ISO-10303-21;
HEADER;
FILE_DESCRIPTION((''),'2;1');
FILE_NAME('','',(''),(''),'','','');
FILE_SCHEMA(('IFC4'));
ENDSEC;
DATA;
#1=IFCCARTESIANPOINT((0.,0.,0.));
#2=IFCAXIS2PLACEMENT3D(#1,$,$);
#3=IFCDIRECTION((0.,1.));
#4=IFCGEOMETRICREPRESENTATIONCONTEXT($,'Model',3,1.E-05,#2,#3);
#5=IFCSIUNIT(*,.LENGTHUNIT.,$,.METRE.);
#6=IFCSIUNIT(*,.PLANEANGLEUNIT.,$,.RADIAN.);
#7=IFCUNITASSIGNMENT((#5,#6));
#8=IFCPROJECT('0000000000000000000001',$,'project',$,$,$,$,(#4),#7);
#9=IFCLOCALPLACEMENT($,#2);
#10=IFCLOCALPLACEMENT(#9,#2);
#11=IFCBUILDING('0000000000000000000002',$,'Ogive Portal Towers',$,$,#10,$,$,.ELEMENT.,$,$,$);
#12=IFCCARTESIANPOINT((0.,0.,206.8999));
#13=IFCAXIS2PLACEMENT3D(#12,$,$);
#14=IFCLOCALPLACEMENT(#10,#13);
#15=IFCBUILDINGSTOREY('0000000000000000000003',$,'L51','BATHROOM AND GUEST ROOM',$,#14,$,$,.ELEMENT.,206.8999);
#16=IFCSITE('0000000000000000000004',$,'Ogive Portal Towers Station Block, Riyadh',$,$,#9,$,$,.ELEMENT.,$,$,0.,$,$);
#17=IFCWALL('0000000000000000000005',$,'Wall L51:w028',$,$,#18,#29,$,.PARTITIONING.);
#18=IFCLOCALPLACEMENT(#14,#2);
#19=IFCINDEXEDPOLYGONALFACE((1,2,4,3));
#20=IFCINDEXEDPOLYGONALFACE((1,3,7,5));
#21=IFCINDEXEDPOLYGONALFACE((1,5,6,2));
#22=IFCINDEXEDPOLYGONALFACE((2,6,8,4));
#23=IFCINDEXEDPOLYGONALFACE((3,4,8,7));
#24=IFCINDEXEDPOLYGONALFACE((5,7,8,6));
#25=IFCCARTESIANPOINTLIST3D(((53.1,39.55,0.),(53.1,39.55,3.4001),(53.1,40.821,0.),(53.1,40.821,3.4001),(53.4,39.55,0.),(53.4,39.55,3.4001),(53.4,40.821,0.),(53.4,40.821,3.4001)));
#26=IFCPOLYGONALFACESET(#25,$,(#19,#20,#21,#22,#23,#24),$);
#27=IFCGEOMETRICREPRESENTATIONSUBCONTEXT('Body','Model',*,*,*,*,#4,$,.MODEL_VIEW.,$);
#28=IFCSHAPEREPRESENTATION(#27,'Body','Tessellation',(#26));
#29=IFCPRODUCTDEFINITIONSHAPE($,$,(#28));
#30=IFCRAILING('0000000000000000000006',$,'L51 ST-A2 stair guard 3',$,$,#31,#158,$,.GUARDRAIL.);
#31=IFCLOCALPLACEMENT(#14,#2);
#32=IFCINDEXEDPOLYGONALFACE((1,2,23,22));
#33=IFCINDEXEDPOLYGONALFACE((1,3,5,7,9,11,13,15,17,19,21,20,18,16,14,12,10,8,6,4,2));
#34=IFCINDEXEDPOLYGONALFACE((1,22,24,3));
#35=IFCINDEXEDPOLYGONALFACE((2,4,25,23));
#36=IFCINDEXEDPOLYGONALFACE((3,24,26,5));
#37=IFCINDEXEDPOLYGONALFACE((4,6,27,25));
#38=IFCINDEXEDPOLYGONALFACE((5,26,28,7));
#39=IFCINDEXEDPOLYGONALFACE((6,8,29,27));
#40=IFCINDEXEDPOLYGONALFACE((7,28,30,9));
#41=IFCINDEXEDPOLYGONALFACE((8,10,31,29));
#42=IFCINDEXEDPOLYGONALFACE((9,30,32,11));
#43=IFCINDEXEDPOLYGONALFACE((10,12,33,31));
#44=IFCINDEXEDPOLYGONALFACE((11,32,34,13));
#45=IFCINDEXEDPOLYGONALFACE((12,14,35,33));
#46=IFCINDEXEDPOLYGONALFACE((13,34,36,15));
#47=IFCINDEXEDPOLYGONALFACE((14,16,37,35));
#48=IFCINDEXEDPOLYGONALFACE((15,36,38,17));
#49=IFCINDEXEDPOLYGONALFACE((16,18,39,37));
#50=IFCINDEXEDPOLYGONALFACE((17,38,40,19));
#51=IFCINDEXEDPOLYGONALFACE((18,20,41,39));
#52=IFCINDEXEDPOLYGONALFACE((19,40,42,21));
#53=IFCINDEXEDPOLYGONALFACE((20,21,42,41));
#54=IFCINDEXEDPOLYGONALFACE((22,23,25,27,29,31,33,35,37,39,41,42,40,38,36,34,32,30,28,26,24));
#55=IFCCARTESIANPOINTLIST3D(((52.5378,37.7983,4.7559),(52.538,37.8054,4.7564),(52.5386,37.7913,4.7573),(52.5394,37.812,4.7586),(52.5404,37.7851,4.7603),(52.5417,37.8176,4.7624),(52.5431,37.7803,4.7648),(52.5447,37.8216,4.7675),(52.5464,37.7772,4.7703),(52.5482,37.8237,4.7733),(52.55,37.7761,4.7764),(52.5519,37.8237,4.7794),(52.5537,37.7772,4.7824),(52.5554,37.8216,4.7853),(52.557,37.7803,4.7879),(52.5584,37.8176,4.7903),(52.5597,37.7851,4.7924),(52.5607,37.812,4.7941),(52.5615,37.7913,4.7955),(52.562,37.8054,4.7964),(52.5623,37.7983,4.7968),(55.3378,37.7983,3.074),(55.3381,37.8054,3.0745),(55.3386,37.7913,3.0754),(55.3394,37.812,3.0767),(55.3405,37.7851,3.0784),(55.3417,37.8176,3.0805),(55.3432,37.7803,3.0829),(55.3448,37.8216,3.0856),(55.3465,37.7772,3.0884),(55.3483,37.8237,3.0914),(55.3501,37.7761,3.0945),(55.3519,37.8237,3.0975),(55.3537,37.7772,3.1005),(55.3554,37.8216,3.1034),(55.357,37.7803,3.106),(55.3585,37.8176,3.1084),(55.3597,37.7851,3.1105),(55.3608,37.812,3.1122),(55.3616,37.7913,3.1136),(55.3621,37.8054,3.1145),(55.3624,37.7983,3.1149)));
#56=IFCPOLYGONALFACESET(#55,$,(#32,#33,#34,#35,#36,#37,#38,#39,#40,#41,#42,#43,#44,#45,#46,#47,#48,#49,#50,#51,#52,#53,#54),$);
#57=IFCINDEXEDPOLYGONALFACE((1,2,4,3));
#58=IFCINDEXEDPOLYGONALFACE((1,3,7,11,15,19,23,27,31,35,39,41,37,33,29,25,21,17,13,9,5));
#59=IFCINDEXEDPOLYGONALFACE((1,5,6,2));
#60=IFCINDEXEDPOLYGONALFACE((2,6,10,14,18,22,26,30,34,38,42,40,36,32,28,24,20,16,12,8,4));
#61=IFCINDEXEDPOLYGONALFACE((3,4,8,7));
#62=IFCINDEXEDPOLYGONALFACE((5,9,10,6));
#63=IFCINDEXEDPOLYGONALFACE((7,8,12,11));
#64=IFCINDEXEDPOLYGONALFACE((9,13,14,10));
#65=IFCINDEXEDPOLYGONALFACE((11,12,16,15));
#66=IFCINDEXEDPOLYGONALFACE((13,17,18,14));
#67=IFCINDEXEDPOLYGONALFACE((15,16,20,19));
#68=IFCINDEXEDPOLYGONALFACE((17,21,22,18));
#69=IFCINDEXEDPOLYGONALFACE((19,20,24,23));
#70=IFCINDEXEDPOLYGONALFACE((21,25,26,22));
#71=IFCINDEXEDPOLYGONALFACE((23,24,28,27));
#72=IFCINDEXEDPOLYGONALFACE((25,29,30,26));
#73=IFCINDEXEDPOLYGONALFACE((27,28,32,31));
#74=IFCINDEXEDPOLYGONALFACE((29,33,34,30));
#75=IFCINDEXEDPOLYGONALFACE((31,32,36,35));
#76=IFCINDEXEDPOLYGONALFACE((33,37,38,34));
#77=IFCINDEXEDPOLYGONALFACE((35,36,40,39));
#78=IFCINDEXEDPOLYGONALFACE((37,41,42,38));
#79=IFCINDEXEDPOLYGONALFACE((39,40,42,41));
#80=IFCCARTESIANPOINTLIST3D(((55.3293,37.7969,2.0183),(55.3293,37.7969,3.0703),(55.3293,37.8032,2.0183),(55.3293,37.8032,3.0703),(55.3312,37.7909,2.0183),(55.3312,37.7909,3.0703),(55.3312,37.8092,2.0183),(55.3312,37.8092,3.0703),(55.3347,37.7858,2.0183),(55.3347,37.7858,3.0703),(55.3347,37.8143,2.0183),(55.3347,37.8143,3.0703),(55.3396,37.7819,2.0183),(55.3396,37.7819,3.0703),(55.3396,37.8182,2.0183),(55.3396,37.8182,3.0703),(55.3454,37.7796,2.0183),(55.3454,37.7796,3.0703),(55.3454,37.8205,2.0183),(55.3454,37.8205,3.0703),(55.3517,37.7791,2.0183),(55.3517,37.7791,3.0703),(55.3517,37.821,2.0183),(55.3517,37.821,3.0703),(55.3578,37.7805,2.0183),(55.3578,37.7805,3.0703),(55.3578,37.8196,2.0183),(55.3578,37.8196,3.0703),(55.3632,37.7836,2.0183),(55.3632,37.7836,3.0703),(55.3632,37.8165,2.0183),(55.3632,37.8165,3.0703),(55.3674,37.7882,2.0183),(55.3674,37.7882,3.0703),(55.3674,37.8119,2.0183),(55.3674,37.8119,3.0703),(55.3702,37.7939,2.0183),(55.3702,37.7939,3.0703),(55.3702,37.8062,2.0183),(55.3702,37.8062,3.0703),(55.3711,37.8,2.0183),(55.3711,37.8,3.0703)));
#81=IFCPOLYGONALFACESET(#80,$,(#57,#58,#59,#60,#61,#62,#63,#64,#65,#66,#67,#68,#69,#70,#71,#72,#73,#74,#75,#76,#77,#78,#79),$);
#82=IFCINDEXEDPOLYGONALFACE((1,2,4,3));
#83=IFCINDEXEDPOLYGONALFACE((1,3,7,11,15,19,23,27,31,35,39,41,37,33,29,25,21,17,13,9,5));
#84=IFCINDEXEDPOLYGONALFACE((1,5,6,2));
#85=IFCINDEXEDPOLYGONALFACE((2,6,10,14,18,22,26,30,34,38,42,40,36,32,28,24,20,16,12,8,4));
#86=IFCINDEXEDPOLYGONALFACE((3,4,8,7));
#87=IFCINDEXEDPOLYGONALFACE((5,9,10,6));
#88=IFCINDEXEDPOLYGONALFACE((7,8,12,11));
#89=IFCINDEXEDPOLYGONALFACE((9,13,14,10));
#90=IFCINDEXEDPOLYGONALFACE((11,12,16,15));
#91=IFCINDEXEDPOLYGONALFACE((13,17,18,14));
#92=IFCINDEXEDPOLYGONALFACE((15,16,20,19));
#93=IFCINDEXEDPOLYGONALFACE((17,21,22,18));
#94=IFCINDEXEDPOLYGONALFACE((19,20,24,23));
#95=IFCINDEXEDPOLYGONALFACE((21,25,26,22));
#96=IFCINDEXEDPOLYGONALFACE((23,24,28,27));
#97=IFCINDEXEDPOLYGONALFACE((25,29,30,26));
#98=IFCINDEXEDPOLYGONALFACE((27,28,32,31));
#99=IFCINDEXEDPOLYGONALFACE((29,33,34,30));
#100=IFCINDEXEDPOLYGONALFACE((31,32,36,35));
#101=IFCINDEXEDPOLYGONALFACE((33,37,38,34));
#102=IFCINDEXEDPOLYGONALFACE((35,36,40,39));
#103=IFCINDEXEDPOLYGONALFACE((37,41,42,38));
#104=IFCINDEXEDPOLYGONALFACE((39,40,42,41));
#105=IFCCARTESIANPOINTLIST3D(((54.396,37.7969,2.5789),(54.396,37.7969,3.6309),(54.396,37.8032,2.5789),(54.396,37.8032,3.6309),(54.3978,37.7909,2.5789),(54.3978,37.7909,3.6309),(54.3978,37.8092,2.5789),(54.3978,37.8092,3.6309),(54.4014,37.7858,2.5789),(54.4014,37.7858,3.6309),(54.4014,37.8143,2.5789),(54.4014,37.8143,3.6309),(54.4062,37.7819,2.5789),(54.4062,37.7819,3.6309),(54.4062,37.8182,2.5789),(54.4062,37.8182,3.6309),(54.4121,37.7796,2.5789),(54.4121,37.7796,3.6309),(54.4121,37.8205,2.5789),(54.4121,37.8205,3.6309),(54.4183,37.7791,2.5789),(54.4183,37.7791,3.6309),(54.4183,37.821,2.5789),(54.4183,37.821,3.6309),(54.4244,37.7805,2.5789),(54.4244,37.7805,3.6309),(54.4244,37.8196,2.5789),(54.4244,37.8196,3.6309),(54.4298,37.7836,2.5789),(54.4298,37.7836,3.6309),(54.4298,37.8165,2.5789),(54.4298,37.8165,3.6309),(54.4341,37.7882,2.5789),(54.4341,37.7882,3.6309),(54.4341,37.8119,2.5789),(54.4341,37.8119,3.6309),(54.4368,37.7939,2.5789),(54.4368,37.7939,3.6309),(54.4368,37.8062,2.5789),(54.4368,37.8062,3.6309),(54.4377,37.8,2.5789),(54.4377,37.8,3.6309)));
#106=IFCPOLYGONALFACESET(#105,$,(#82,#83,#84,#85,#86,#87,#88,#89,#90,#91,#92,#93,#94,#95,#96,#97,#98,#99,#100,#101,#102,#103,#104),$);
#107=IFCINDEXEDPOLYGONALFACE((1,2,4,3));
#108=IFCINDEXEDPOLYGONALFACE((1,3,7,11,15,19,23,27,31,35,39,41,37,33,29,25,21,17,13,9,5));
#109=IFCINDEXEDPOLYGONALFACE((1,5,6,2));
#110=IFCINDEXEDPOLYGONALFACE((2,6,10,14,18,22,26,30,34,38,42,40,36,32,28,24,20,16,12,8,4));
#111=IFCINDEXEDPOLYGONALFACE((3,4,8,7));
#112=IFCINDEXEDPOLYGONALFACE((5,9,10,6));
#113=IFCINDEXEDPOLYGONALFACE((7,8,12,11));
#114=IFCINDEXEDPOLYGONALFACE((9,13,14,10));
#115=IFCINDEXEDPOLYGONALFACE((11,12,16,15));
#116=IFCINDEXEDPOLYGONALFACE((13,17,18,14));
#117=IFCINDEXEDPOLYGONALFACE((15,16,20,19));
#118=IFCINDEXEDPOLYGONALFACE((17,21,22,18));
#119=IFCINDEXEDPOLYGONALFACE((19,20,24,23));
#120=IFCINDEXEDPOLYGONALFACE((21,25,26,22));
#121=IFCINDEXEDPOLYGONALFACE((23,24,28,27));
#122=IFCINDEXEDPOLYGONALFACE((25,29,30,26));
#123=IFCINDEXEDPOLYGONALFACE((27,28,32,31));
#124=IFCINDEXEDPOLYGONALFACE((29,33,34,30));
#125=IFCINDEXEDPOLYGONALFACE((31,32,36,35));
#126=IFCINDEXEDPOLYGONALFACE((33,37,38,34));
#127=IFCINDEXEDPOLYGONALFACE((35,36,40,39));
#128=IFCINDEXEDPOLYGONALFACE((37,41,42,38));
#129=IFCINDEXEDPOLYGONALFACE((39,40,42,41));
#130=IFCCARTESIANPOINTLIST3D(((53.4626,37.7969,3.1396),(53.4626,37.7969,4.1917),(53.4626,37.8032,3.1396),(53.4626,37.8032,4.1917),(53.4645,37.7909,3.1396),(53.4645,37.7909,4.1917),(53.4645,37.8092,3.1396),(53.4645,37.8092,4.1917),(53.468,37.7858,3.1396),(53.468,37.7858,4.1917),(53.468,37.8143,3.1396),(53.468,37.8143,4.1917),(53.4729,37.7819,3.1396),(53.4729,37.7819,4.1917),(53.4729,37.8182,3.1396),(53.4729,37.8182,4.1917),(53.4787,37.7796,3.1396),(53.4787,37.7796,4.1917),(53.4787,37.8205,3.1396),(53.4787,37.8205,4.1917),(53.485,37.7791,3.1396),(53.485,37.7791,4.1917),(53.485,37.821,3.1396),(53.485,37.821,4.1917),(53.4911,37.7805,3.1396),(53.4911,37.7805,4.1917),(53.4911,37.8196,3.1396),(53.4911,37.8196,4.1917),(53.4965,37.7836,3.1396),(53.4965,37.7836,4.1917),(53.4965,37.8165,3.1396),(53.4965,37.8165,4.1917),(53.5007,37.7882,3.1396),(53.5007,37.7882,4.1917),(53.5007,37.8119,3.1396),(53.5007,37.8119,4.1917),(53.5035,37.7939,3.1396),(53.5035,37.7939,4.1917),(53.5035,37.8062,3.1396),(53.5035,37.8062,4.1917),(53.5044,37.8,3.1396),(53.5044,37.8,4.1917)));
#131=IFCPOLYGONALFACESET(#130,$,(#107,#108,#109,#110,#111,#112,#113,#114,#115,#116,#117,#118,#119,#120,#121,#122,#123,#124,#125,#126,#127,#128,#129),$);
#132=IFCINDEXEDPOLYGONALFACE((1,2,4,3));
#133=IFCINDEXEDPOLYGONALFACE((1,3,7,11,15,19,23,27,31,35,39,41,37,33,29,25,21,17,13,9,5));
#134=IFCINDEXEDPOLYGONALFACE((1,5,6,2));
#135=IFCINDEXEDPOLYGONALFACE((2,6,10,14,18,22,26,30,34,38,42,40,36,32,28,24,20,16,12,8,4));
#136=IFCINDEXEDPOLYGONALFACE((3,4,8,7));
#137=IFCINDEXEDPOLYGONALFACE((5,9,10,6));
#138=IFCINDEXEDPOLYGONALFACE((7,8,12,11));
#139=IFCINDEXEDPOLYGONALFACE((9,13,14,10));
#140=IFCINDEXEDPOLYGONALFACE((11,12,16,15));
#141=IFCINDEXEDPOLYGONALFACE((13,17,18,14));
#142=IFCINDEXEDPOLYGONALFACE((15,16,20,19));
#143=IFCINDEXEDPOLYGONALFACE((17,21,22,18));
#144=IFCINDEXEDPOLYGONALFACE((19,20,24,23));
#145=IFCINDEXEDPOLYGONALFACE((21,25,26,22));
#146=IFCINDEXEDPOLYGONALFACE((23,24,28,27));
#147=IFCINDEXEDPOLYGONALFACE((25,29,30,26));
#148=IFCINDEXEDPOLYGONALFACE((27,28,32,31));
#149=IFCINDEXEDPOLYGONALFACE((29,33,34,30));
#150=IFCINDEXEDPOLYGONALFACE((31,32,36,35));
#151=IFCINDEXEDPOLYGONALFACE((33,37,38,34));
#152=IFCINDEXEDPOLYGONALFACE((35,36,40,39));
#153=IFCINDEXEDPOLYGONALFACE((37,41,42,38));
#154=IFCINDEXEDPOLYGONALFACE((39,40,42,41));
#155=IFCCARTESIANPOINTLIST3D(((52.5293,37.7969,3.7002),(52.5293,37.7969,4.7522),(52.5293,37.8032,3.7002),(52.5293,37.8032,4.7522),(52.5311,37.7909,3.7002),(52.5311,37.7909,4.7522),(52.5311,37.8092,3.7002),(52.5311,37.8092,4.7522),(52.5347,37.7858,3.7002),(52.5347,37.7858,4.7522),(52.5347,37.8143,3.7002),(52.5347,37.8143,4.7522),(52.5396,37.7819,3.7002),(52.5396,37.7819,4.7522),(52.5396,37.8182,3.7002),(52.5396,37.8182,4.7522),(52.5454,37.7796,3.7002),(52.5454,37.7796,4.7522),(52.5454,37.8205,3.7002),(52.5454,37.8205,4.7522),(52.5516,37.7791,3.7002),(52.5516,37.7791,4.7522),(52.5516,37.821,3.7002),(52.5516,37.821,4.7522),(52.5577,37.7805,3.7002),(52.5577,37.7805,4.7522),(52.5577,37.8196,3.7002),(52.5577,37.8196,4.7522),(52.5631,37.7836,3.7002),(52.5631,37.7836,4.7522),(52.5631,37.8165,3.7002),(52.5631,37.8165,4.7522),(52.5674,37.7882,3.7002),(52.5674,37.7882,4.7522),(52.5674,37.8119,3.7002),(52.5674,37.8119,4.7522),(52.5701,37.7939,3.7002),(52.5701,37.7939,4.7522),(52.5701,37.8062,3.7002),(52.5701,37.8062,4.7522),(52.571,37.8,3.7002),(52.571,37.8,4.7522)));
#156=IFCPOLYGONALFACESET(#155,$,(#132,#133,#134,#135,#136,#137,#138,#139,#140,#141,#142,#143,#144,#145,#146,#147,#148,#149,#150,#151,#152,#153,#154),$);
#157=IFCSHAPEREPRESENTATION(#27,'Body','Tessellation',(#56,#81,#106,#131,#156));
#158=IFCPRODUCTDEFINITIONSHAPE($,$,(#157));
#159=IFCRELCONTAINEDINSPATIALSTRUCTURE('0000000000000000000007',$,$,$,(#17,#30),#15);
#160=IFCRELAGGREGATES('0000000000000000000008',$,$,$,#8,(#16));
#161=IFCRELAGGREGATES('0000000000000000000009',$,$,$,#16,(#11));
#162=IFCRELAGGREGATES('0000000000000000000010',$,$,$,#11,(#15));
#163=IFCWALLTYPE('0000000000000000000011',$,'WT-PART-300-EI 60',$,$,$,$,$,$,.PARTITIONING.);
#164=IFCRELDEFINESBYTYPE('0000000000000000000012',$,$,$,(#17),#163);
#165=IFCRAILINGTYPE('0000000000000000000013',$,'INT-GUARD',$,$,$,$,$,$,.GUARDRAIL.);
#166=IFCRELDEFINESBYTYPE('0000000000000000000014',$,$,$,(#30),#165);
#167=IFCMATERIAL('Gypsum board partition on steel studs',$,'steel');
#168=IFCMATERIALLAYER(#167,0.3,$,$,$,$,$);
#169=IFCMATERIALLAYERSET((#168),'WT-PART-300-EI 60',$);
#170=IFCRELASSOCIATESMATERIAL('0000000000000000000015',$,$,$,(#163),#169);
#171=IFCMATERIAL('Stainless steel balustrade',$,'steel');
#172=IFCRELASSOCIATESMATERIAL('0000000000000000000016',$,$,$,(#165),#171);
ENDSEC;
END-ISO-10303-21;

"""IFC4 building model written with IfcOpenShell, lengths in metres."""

from ifc_helpers import new_model, si_unit, direction, frame, frame_2d, origin, origin_2d, place, context, subcontext, project, spatial, rectangle, circle, extrude, material, layer, layer_set, type_object, element, save


model = new_model("IFC4")

# Units and contexts
model_context = context("Model", 3, precision=1e-05, world=origin(), true_north=direction((0.0, 1.0)))
body_context = subcontext(model_context, "Body", "Model", "MODEL_VIEW")
ifc_project = project(units=[si_unit("LENGTHUNIT", "METRE"), si_unit("PLANEANGLEUNIT", "RADIAN")], contexts=[model_context])

# Site, building, storey
site_placement = place(None, origin())
site = spatial("IfcSite", under=ifc_project, at=site_placement, Name="Ogive Portal Towers Station Block, Riyadh", CompositionType="ELEMENT", RefElevation=0.0)
building_placement = place(site_placement, origin())
building = spatial("IfcBuilding", under=site, at=building_placement, Name="Ogive Portal Towers", CompositionType="ELEMENT")
storey_placement = place(building_placement, frame((0.0, 0.0, 206.8999)))
storey = spatial("IfcBuildingStorey", under=building, at=storey_placement, Name="L51", Description="BATHROOM AND GUEST ROOM", CompositionType="ELEMENT", Elevation=206.8999)

# Wall
ifc_material_1 = material(Name="Gypsum board partition on steel studs", Category="steel")
ifc_layer_1 = layer(ifc_material_1, 0.3)
ifc_layer_set_1 = layer_set([ifc_layer_1], Name="WT-PART-300-EI 60")
wall_type_1 = type_object("IfcWallType", Name="WT-PART-300-EI 60", PredefinedType="PARTITIONING", material=ifc_layer_set_1)
wall_1_placement = place(storey_placement, frame((53.25, 39.55, 0.0), z_axis=(0.0, 0.0, 1.0), x_axis=(0.0, 1.0, 0.0)))
element("IfcWall", 1, at=wall_1_placement, inside=storey, type_object=wall_type_1, Name="Wall L51:w028", PredefinedType="PARTITIONING", context=body_context, shape_type="SweptSolid", body=[
    extrude(rectangle(XDim=1.271, YDim=0.3, at=frame_2d((0.6355, 0.0))), origin(), (0.0, 0.0, 1.0), 3.4001),
])

# Railing
ifc_material_2 = material(Name="Stainless steel balustrade", Category="steel")
railing_type_1 = type_object("IfcRailingType", Name="INT-GUARD", PredefinedType="GUARDRAIL", material=ifc_material_2)
railing_1_placement = place(storey_placement, frame((55.3501, 37.8, 2.0183)))
element("IfcRailing", 2, at=railing_1_placement, inside=storey, type_object=railing_type_1, Name="L51 ST-A2 stair guard 3", PredefinedType="GUARDRAIL", context=body_context, shape_type="SweptSolid", body=[
    extrude(circle(Radius=0.0239, at=origin_2d()), frame((0.0, 0.0, 1.0762), z_axis=(-0.857242, 0.0, 0.514913), x_axis=(0.0, -1.0, 0.0)), (0.0, 0.0, 1.0), 3.2664),
    extrude(circle(Radius=0.021, at=origin_2d()), origin(), (0.0, 0.0, 1.0), 1.052),
    extrude(circle(Radius=0.021, at=origin_2d()), frame((-0.9333, 0.0, 0.5605)), (0.0, 0.0, 1.0), 1.052),
    extrude(circle(Radius=0.021, at=origin_2d()), frame((-1.8667, 0.0, 1.1213)), (0.0, 0.0, 1.0), 1.052),
    extrude(circle(Radius=0.021, at=origin_2d()), frame((-2.8, 0.0, 1.6819)), (0.0, 0.0, 1.0), 1.052),
])

save(model, "model.ifc")
